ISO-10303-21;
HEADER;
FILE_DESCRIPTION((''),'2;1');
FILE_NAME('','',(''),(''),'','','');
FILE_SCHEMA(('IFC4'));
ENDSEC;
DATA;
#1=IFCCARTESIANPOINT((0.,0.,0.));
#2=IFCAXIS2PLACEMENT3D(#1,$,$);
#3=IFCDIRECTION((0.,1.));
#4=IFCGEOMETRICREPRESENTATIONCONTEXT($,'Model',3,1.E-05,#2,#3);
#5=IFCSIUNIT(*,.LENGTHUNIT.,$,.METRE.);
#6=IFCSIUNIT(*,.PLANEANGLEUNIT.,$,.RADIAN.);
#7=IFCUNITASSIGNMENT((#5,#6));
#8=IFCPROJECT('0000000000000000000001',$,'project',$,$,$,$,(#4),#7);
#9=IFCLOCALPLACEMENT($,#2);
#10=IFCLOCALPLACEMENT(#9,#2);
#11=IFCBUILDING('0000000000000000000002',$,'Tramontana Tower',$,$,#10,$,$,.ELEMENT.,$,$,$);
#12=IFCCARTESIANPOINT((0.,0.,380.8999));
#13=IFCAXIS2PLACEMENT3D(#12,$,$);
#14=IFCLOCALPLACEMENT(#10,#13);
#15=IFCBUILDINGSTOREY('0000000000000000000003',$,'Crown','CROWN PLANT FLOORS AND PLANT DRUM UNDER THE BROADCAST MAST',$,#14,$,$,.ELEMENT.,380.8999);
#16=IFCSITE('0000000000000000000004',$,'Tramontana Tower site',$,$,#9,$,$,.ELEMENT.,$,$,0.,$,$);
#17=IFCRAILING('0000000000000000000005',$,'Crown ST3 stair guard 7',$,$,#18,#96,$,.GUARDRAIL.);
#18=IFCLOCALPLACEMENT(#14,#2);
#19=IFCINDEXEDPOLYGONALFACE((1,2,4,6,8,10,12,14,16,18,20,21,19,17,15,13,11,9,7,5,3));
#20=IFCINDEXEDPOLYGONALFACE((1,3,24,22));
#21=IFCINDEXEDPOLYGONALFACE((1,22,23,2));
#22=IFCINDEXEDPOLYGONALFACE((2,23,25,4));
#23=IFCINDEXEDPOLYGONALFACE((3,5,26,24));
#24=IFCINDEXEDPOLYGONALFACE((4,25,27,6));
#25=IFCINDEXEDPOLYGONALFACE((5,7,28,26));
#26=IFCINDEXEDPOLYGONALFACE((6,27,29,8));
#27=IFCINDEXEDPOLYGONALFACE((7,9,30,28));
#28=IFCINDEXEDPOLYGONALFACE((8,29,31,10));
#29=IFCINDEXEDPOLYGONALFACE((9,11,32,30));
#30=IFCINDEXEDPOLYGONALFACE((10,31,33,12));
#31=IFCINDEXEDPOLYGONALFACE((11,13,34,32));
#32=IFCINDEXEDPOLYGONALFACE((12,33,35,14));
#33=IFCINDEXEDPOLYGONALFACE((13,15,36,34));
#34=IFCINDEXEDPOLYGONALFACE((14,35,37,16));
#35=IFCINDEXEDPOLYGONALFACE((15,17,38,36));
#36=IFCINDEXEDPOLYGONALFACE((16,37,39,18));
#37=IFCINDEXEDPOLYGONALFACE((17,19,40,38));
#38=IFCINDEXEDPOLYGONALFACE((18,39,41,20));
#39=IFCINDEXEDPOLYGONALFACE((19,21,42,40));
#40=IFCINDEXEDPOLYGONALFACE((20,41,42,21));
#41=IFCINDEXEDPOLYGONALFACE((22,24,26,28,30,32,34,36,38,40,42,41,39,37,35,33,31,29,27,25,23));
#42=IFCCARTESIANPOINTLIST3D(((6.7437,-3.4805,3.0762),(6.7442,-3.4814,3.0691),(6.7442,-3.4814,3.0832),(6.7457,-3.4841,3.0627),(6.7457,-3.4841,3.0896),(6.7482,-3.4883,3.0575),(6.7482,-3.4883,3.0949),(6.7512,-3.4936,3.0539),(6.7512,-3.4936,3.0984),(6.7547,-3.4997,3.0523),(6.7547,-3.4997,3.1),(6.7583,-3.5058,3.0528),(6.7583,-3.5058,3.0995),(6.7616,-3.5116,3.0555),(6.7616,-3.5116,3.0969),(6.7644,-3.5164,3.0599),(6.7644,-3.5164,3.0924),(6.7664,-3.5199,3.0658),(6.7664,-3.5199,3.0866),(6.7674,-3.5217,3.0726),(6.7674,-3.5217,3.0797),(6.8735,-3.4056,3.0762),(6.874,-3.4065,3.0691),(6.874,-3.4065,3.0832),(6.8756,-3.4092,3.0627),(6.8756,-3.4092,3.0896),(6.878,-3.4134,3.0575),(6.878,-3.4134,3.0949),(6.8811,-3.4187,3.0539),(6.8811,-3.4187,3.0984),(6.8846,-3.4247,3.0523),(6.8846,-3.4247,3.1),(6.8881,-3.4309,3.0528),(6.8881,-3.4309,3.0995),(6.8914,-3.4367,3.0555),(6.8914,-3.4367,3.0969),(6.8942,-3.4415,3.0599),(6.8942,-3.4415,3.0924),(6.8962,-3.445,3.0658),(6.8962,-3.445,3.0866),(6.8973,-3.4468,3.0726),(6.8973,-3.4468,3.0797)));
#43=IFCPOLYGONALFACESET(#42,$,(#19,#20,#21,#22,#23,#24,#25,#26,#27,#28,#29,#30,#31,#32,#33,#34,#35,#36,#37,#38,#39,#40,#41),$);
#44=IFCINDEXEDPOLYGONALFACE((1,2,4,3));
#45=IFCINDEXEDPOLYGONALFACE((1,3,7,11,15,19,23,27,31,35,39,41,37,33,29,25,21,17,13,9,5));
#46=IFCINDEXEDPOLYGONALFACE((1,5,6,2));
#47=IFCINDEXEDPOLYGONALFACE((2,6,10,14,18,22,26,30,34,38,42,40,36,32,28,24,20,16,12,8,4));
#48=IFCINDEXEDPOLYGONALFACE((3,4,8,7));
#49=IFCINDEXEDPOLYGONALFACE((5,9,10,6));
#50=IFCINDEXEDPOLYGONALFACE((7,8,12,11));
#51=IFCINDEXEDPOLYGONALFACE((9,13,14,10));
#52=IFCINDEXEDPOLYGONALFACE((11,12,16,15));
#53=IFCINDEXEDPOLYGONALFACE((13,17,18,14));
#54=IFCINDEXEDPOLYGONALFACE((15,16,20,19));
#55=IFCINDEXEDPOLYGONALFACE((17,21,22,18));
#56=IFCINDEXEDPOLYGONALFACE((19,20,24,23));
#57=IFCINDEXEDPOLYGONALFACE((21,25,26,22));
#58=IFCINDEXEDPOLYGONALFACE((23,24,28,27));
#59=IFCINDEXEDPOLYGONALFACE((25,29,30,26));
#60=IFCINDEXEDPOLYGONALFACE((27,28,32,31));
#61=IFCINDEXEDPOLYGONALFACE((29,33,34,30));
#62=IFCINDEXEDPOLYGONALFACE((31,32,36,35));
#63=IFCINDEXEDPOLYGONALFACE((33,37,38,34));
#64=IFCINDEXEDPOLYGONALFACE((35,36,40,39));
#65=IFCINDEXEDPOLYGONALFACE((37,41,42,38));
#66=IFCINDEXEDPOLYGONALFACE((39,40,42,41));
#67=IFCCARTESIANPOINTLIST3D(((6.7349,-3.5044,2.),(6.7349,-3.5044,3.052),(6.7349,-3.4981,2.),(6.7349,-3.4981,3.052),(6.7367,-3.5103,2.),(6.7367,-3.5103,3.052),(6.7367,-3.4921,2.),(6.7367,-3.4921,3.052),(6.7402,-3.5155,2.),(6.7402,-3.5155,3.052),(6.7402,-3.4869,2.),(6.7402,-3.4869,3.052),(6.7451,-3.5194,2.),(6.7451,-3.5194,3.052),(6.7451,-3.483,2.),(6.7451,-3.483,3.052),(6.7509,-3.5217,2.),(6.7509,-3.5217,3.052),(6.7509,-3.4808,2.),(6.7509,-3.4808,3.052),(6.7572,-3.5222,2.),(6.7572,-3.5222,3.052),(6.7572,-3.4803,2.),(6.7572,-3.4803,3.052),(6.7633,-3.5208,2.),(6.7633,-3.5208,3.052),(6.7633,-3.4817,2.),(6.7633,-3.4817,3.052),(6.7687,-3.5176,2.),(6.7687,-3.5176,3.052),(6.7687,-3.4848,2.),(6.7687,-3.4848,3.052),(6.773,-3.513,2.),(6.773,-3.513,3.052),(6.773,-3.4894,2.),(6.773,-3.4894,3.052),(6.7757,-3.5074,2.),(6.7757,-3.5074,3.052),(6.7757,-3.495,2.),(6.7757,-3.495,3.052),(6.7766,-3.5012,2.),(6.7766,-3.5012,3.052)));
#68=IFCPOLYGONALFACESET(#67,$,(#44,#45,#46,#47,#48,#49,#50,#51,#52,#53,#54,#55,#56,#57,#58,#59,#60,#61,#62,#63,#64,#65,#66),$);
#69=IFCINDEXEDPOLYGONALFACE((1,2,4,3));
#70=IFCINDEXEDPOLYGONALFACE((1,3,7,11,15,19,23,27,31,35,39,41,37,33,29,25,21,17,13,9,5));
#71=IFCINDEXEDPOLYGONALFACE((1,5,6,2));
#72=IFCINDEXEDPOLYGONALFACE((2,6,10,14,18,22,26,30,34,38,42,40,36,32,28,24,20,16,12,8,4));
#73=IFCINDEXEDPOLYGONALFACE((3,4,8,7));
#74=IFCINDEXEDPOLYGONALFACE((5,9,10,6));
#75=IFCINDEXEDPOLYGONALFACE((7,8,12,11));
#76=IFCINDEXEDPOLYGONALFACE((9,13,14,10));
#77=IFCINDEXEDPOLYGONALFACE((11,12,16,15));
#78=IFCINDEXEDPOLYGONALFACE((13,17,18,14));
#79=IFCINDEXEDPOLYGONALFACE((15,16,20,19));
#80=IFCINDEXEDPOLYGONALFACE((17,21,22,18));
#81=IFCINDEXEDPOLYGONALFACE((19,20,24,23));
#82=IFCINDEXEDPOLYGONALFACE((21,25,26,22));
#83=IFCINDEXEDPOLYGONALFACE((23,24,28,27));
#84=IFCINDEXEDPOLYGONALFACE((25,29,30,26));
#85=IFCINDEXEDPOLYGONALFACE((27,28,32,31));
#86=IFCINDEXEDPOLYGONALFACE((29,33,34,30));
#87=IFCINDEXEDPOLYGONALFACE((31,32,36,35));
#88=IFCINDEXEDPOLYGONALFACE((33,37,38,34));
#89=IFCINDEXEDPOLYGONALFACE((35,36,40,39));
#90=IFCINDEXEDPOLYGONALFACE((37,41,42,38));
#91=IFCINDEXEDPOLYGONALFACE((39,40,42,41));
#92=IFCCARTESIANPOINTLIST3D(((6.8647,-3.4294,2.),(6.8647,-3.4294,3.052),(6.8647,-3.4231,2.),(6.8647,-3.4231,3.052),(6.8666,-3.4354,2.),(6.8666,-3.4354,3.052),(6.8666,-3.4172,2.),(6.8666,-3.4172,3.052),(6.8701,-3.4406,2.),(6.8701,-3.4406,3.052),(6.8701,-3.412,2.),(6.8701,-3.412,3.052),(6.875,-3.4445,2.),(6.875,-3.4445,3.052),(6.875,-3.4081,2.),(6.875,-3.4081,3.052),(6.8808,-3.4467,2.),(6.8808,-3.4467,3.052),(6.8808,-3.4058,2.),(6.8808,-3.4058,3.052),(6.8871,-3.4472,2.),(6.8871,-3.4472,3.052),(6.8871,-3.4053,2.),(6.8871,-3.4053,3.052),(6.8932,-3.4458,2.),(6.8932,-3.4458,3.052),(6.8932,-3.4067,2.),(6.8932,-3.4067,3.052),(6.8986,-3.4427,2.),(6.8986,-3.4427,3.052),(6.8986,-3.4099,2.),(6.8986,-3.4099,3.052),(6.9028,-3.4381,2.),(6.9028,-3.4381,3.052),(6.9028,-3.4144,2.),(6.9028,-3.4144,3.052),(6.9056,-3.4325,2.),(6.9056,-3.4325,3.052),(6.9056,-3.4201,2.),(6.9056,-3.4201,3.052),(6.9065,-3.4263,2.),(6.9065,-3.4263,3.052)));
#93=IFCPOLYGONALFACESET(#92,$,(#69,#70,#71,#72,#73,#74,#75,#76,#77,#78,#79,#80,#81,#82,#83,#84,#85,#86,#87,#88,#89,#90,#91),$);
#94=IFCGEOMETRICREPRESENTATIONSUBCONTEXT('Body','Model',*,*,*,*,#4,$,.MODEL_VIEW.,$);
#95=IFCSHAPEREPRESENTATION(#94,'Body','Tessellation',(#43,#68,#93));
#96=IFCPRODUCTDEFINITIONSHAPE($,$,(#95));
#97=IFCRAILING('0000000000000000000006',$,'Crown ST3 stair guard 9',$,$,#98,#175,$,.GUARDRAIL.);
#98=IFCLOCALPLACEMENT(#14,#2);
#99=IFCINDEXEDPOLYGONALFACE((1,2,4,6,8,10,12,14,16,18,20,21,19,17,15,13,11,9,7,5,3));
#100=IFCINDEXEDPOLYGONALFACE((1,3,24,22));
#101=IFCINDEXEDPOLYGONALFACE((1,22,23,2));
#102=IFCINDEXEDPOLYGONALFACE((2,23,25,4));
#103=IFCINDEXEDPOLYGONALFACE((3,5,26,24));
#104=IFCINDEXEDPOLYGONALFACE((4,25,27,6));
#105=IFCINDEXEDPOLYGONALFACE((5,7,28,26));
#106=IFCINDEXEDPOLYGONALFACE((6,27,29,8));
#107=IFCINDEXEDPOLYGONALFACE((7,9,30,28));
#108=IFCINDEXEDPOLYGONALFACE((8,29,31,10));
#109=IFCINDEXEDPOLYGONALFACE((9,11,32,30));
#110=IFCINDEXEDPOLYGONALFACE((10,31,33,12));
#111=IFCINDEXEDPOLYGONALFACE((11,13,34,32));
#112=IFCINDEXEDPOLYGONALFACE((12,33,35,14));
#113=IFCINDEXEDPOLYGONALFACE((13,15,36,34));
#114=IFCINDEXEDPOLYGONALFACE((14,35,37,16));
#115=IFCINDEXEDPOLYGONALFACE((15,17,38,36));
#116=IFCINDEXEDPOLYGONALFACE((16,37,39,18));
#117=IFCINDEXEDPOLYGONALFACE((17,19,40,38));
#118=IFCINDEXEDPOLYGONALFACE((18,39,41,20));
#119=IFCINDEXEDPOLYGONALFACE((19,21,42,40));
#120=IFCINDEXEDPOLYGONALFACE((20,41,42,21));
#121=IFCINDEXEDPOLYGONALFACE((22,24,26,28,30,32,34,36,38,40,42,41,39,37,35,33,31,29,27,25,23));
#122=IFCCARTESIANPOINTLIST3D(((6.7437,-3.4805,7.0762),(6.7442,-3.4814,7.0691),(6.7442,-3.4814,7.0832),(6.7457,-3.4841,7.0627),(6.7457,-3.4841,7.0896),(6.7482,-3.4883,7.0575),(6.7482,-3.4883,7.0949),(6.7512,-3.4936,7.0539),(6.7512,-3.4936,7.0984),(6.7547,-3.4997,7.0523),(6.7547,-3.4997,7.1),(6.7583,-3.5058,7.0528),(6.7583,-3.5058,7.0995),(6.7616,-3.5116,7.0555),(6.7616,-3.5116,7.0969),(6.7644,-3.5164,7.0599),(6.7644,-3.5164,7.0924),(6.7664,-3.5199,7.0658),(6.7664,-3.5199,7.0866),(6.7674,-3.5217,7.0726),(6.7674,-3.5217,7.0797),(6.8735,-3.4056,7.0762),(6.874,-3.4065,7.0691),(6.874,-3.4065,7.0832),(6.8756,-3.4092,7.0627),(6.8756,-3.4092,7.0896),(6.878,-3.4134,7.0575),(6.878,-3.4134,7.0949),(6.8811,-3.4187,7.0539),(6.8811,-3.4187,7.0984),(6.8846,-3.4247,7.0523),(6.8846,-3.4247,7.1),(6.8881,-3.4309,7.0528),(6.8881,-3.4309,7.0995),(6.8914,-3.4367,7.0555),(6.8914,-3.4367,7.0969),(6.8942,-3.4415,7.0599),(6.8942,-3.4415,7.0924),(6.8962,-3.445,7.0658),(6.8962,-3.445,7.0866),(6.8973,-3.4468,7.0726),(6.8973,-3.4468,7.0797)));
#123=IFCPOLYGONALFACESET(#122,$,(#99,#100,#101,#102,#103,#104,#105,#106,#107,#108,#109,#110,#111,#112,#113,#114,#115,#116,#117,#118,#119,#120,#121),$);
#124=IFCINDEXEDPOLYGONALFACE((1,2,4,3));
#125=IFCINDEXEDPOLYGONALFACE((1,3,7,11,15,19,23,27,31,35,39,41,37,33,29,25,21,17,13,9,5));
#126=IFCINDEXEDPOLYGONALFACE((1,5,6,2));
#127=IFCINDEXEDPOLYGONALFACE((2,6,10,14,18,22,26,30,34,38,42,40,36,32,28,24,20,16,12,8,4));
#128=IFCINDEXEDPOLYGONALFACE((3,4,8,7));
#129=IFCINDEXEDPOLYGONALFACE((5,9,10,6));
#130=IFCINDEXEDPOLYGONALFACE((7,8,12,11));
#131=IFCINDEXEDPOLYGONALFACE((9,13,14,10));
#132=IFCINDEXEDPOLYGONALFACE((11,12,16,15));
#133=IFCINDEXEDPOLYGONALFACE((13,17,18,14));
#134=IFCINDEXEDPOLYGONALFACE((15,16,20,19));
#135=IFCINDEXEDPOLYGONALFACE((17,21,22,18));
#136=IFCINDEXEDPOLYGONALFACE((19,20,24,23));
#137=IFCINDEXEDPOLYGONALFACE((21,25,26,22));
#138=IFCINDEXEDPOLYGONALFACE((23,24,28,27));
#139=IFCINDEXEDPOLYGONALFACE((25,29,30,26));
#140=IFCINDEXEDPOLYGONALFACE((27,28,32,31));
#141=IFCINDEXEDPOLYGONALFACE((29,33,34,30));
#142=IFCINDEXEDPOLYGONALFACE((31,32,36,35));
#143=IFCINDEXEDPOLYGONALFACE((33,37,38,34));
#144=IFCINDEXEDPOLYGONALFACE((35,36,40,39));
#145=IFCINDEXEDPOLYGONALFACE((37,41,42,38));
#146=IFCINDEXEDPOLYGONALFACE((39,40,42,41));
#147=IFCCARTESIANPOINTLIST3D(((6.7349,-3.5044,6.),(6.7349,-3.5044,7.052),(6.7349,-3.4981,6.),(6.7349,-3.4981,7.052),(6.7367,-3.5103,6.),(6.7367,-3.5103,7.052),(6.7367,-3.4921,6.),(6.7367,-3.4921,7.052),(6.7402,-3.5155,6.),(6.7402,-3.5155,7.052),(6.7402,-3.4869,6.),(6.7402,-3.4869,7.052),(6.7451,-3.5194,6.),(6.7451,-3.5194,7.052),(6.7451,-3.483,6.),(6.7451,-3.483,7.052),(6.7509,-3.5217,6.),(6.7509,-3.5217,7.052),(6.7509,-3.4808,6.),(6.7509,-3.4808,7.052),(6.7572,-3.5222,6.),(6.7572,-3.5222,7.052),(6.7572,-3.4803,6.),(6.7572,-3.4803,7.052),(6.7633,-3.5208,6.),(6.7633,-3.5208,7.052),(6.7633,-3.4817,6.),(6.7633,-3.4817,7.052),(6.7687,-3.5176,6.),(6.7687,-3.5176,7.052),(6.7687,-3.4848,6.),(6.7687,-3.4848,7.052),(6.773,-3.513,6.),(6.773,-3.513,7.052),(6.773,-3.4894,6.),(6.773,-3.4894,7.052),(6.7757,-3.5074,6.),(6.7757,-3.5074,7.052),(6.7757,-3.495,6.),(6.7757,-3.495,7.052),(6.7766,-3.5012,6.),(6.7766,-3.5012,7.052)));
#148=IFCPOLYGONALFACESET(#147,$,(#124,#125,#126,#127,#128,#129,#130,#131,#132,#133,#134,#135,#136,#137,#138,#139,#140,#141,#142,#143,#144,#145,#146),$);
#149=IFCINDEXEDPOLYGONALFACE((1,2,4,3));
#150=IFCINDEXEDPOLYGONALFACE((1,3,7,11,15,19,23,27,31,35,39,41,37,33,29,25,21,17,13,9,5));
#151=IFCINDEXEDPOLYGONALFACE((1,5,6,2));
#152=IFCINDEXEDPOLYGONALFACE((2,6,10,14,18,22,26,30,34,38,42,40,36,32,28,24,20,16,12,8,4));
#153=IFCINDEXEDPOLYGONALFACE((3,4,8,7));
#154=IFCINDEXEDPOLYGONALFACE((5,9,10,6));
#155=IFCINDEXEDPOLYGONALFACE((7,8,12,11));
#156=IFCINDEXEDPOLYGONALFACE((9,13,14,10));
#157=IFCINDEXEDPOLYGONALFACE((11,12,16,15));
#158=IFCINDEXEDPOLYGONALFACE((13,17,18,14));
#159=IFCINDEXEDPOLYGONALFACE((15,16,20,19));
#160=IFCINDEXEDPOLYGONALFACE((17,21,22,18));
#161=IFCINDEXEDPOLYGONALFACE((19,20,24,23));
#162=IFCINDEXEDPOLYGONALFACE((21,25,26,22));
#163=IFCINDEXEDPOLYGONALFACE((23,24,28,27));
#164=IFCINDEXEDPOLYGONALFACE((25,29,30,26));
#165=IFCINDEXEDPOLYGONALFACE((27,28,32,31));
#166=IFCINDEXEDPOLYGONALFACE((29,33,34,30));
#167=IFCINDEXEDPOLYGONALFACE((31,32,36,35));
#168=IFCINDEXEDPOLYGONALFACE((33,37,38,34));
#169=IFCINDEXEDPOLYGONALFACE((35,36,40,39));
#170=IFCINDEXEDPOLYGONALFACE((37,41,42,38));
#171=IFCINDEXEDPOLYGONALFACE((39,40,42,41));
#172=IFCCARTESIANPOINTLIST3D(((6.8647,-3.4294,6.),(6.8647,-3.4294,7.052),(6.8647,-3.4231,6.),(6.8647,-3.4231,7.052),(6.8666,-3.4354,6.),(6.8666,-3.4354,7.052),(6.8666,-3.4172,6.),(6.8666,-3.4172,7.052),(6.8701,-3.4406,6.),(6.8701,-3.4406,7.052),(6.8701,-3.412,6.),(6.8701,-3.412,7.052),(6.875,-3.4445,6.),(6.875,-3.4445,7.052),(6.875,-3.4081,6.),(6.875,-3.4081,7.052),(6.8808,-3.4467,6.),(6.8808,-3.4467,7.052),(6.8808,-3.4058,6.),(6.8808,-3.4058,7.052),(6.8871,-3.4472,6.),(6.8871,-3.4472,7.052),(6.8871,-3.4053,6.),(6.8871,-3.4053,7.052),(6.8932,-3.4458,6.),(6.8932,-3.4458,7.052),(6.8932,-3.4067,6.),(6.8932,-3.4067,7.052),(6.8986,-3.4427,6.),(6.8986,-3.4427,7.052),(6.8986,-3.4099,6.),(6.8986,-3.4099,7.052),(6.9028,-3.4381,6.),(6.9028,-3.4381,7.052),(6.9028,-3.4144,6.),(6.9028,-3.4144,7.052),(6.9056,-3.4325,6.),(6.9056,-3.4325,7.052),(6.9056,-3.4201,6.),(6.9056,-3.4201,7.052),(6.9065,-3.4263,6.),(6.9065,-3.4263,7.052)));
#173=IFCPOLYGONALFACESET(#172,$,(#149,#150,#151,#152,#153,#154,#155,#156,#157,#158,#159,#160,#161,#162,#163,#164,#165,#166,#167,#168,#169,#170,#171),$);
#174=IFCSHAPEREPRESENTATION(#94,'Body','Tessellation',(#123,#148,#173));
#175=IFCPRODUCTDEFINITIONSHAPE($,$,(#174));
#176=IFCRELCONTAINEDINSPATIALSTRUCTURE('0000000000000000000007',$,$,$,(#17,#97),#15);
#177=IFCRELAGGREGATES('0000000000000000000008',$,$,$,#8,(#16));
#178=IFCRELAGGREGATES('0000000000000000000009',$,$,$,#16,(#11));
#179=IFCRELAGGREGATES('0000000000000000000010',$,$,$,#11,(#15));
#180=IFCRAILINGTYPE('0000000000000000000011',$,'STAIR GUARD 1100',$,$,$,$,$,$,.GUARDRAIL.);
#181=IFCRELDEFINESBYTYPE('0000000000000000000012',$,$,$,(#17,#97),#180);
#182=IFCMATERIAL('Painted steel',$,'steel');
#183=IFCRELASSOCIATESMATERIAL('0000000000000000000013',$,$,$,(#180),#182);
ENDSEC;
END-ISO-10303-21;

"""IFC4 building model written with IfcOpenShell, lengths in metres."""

from ifc_helpers import new_model, si_unit, direction, frame, origin, origin_2d, place, context, subcontext, project, spatial, circle, extrude, material, type_object, element, save


model = new_model("IFC4")

# Units and contexts
model_context = context("Model", 3, precision=1e-05, world=origin(), true_north=direction((0.0, 1.0)))
body_context = subcontext(model_context, "Body", "Model", "MODEL_VIEW")
ifc_project = project(units=[si_unit("LENGTHUNIT", "METRE"), si_unit("PLANEANGLEUNIT", "RADIAN")], contexts=[model_context])

# Site, building, storey
site_placement = place(None, origin())
site = spatial("IfcSite", under=ifc_project, at=site_placement, Name="Tramontana Tower site", CompositionType="ELEMENT", RefElevation=0.0)
building_placement = place(site_placement, origin())
building = spatial("IfcBuilding", under=site, at=building_placement, Name="Tramontana Tower", CompositionType="ELEMENT")
storey_placement = place(building_placement, frame((0.0, 0.0, 380.8999)))
storey = spatial("IfcBuildingStorey", under=building, at=storey_placement, Name="Crown", Description="CROWN PLANT FLOORS AND PLANT DRUM UNDER THE BROADCAST MAST", CompositionType="ELEMENT", Elevation=380.8999)

# Railings
ifc_material_1 = material(Name="Painted steel", Category="steel")
railing_type_1 = type_object("IfcRailingType", Name="STAIR GUARD 1100", PredefinedType="GUARDRAIL", material=ifc_material_1)
for number, where, name in (
    (1, (6.7556, -3.5012, 2.0), "Crown ST3 stair guard 7"),
    (2, (6.7556, -3.5012, 6.0), "Crown ST3 stair guard 9"),
):
    element("IfcRailing", number, at=place(storey_placement, frame(where)), inside=storey, type_object=railing_type_1, Name=name, PredefinedType="GUARDRAIL", context=body_context, shape_type="SweptSolid", body=[
        extrude(circle(Radius=0.0239, at=origin_2d()), frame((0.0, 0.0, 1.0762), z_axis=(0.866131, 0.499816, 0.0), x_axis=(-0.499816, 0.866131, 0.0)), (0.0, 0.0, 1.0), 0.1499),
        extrude(circle(Radius=0.021, at=origin_2d()), origin(), (0.0, 0.0, 1.0), 1.052),
        extrude(circle(Radius=0.021, at=origin_2d()), frame((0.1299, 0.075, 0.0)), (0.0, 0.0, 1.0), 1.052),
    ])

save(model, "model.ifc")
